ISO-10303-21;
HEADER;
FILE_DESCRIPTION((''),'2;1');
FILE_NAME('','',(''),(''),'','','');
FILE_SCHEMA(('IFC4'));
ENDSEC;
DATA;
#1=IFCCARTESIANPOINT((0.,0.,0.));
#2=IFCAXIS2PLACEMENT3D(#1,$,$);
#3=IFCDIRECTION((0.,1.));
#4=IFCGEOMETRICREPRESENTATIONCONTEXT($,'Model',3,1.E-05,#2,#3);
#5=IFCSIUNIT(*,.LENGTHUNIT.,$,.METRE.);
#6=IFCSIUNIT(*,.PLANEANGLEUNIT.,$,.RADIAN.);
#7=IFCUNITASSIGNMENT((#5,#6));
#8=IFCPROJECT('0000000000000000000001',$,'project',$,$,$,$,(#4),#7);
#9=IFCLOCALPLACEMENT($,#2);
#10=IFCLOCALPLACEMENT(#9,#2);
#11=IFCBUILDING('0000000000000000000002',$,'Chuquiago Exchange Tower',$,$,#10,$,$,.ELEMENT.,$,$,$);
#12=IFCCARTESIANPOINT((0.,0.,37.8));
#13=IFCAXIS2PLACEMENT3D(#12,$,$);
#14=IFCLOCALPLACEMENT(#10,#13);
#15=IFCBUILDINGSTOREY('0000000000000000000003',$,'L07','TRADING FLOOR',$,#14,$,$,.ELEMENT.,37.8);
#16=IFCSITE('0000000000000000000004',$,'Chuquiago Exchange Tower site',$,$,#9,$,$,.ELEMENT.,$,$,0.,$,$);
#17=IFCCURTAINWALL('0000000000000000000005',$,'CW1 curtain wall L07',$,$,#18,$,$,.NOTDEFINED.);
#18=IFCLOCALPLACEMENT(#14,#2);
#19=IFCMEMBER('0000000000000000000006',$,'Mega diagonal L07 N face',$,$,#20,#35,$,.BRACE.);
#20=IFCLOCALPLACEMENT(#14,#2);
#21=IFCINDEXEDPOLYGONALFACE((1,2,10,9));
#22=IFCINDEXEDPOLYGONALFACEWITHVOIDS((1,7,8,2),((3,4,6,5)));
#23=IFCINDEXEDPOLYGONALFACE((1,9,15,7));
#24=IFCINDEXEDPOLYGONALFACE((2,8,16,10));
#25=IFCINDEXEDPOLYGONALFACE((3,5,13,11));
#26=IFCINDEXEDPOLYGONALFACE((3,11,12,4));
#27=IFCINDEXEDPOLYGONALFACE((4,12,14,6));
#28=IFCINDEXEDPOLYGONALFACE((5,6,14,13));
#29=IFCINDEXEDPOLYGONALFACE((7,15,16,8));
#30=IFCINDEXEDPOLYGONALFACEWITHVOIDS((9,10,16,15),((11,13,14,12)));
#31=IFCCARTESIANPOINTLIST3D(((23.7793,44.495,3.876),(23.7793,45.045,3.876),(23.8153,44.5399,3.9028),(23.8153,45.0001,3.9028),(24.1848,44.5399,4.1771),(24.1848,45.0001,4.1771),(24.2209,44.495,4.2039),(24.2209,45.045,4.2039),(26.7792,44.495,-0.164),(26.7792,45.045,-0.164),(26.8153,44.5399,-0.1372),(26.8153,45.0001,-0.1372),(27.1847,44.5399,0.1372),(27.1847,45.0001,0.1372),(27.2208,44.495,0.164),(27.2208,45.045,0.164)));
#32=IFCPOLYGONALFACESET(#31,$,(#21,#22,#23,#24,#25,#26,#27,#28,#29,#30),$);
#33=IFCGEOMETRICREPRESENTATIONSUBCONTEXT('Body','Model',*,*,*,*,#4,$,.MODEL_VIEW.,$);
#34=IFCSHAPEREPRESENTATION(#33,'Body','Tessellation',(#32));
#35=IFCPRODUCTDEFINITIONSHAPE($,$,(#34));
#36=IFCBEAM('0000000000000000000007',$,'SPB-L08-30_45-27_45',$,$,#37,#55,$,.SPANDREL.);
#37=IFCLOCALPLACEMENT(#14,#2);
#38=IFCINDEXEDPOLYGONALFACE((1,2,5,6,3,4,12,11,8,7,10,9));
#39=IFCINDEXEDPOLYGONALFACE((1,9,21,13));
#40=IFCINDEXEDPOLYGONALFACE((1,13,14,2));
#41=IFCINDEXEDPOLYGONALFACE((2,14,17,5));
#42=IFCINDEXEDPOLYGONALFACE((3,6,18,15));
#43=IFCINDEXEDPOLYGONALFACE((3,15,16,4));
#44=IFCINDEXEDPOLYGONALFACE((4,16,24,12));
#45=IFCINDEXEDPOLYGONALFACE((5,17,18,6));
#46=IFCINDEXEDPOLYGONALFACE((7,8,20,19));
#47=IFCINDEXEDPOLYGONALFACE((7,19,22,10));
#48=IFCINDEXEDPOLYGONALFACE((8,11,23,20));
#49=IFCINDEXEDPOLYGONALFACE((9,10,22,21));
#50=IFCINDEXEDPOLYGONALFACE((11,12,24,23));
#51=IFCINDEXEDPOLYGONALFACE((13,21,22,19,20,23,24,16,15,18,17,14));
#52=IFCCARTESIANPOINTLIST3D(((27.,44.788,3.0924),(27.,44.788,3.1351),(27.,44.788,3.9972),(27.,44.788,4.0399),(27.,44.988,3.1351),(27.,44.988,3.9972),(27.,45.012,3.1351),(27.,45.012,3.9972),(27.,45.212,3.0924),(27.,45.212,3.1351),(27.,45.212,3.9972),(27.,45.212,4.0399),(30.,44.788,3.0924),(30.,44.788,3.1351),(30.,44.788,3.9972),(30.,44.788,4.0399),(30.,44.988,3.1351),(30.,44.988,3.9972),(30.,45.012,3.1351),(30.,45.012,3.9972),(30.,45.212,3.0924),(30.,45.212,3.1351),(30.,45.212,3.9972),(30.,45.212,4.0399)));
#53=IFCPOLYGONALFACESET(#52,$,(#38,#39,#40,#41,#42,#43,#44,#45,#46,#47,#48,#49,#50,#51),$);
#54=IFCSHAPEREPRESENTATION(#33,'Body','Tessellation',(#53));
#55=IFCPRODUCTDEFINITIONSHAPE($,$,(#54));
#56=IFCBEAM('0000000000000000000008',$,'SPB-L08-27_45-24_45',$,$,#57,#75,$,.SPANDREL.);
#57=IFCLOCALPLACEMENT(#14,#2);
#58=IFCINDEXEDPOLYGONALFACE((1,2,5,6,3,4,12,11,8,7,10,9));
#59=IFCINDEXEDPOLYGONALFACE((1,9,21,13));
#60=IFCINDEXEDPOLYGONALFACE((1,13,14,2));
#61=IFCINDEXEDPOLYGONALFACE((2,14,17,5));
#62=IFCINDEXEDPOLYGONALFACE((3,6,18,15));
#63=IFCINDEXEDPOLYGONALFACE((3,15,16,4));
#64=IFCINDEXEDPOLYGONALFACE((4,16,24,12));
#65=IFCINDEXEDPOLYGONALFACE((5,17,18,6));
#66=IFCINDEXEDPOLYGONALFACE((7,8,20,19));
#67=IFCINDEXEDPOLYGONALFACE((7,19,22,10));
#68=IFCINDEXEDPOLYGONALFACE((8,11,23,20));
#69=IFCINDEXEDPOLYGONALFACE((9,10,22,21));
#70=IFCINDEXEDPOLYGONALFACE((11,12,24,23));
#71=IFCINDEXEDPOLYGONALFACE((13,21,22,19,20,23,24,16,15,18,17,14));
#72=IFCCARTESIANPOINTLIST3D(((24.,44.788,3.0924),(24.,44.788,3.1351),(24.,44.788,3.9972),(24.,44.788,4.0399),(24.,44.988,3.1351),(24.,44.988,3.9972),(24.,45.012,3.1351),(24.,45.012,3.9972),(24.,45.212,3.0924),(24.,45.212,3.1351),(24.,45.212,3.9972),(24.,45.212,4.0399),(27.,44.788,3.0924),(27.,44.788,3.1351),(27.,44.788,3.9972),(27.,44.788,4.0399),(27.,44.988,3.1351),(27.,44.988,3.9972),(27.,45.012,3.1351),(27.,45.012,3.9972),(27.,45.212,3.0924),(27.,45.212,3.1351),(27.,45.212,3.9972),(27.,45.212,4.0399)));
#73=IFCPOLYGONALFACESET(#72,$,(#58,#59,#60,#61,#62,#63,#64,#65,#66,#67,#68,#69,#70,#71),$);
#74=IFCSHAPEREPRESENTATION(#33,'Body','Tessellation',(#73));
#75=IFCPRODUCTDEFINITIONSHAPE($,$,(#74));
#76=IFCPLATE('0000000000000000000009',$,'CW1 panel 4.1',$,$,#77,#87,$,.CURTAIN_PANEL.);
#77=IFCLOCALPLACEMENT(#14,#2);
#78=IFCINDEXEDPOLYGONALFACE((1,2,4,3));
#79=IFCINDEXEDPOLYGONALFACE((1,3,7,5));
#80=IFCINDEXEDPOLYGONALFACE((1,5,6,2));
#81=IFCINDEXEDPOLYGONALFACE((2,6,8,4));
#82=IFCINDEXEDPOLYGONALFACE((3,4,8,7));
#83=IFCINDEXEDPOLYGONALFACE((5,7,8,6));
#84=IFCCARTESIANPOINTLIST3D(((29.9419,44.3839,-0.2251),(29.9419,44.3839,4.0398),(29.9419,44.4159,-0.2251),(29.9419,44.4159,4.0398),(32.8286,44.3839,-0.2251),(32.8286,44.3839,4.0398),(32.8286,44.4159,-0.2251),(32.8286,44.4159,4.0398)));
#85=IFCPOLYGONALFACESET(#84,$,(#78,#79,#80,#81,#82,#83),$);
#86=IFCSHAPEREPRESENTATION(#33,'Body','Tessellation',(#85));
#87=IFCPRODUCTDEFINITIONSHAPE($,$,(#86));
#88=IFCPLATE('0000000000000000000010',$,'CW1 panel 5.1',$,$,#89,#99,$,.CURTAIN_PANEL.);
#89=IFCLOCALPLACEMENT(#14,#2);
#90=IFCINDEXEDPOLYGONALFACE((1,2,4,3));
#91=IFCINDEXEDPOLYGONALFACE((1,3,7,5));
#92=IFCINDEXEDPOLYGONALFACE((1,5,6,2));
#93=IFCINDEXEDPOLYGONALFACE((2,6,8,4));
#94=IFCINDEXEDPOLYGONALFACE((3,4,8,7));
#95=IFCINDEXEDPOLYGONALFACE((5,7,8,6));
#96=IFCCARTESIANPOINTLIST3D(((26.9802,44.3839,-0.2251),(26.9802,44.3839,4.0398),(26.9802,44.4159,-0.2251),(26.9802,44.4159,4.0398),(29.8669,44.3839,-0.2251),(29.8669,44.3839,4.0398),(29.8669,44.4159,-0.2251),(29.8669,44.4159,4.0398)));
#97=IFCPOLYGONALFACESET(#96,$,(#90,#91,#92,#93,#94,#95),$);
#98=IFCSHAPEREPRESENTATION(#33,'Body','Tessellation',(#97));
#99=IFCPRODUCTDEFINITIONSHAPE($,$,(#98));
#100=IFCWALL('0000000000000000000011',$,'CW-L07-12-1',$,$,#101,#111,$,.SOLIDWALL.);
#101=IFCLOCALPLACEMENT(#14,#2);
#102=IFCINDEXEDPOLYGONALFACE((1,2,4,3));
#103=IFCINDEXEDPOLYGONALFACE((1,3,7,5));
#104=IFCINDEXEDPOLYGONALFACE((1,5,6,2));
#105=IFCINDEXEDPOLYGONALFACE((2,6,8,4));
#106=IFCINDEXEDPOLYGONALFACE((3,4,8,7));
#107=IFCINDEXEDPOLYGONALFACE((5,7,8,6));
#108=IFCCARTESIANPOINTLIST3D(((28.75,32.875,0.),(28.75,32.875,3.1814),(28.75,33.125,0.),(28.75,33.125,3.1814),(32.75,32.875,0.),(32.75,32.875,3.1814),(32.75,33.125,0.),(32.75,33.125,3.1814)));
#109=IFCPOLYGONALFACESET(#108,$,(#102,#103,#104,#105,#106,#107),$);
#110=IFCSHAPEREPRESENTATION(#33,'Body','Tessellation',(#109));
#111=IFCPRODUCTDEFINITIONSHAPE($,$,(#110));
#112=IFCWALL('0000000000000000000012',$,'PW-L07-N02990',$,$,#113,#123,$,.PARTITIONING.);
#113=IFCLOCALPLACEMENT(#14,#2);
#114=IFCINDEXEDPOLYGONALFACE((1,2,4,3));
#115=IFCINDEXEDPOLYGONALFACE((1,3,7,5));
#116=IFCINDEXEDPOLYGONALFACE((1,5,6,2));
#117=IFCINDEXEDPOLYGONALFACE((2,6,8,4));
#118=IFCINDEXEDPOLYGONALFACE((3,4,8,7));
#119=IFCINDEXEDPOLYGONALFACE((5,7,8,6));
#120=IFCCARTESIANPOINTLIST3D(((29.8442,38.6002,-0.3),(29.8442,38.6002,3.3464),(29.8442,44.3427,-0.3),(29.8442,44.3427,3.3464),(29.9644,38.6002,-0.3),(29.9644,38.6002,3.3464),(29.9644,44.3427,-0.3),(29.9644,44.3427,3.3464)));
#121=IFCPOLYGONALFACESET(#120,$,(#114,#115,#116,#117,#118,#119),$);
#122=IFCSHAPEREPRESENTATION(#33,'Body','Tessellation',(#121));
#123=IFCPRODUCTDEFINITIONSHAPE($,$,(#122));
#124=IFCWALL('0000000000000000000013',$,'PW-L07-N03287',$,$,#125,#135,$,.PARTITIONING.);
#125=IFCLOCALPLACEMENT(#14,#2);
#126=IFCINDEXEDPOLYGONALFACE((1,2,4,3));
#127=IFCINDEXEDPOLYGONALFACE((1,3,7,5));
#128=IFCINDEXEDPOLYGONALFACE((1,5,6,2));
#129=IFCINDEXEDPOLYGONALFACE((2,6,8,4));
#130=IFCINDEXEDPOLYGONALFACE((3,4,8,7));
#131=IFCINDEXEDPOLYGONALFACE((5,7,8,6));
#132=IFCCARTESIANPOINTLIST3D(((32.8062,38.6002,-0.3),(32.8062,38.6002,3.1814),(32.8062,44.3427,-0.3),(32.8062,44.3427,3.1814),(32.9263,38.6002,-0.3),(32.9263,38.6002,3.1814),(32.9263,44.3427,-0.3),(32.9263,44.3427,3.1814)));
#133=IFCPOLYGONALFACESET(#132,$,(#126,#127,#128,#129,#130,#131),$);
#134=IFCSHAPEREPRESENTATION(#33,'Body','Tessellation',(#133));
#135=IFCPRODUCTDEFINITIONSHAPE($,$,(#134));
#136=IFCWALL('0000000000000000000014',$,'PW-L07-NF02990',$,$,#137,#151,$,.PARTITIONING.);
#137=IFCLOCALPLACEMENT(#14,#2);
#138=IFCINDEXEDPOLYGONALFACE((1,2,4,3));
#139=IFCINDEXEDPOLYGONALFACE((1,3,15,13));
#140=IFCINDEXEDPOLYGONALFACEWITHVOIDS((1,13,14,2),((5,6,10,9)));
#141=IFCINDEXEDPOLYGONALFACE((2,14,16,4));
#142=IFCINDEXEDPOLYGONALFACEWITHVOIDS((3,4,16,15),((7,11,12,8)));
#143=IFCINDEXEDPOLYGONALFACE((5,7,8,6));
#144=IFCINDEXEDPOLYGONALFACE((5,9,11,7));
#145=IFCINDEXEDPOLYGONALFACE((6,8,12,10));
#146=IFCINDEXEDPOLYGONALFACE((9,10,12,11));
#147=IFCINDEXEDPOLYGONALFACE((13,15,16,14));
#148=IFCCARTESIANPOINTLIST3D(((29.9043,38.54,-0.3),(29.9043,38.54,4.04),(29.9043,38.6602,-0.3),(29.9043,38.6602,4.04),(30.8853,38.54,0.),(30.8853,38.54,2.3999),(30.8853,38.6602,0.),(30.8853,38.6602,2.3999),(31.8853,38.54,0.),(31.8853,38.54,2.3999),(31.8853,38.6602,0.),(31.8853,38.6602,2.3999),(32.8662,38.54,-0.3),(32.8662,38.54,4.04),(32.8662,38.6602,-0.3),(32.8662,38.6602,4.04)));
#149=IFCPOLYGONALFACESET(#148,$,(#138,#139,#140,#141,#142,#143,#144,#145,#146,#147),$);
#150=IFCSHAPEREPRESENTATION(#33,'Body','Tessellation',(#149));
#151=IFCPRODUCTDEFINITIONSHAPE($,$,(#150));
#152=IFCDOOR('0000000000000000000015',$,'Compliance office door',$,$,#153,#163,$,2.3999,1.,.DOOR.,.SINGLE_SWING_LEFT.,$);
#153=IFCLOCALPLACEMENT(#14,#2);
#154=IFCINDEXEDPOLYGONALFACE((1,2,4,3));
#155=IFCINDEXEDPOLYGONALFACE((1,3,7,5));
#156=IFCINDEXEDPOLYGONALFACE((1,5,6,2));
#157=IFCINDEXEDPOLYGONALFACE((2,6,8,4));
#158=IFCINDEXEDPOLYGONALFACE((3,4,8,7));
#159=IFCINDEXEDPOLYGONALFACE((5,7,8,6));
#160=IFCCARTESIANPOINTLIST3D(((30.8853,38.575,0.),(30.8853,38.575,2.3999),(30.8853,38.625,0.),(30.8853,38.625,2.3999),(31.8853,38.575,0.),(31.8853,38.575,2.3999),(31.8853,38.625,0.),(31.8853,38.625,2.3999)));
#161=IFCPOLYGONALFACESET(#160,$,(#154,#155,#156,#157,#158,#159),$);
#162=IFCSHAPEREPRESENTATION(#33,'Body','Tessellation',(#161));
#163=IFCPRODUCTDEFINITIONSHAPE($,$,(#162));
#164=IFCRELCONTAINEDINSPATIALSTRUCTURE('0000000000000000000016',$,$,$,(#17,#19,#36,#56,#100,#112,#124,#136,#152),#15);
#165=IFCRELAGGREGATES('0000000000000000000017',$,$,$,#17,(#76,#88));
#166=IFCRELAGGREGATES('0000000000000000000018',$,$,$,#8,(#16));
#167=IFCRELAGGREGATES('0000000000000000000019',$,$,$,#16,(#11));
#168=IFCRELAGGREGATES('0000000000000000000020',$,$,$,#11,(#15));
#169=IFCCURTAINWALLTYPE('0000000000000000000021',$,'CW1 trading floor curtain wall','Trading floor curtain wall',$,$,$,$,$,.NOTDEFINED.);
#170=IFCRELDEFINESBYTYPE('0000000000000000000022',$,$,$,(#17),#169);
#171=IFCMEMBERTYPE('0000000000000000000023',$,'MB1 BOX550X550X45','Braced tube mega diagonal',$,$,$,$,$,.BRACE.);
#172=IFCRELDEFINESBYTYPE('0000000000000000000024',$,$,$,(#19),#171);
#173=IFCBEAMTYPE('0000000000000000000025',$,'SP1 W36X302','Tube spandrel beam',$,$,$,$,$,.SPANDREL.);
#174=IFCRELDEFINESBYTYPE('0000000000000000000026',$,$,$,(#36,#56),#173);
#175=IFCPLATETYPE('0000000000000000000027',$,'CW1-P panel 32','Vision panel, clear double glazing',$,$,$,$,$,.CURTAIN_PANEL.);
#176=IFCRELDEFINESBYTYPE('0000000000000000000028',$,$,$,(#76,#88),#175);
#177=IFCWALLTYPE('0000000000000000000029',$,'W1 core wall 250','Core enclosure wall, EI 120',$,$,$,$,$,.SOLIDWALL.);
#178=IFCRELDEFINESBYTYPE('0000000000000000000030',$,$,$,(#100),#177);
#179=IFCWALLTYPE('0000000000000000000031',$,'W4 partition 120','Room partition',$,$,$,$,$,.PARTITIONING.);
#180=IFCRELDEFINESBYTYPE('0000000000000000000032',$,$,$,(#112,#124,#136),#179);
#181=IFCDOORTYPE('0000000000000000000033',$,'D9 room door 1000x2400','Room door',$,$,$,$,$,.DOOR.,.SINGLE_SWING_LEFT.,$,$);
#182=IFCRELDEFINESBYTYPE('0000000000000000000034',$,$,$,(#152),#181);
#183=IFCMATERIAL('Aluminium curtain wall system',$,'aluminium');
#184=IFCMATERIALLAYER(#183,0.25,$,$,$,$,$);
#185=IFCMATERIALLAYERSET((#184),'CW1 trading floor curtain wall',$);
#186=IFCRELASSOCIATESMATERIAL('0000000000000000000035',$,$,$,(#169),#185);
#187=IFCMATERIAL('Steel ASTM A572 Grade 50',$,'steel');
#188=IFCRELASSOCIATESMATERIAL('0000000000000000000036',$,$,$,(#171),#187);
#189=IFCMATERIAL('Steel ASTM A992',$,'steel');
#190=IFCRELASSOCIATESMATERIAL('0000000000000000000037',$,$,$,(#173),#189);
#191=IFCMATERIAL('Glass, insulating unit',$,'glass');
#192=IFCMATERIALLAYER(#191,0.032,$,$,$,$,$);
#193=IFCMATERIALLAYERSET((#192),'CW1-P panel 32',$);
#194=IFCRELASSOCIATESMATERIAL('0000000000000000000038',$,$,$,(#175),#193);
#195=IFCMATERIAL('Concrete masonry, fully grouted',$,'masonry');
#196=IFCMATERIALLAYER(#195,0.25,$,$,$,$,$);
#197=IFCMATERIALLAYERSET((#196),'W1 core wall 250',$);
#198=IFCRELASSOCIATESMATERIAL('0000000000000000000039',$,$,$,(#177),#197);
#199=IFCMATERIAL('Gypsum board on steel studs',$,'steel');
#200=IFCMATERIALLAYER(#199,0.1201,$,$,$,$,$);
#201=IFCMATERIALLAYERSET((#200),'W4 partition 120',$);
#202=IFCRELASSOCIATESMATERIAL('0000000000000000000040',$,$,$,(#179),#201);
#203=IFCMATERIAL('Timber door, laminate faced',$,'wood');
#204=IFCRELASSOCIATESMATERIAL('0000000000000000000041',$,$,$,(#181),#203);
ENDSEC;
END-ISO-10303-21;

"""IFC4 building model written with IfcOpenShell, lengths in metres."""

from ifc_helpers import new_model, si_unit, direction, frame, frame_2d, origin, origin_2d, place, context, subcontext, project, spatial, rectangle, hollow_rectangle, i_section, extrude, material, layer, layer_set, material_profile, profile_set, type_object, element, fill, aggregate, save


model = new_model("IFC4")

# Units and contexts
model_context = context("Model", 3, precision=1e-05, world=origin(), true_north=direction((0.0, 1.0)))
body_context = subcontext(model_context, "Body", "Model", "MODEL_VIEW")
ifc_project = project(units=[si_unit("LENGTHUNIT", "METRE"), si_unit("PLANEANGLEUNIT", "RADIAN")], contexts=[model_context])

# Site, building, storey
site_placement = place(None, origin())
site = spatial("IfcSite", under=ifc_project, at=site_placement, Name="Chuquiago Exchange Tower site", CompositionType="ELEMENT", RefElevation=0.0)
building_placement = place(site_placement, origin())
building = spatial("IfcBuilding", under=site, at=building_placement, Name="Chuquiago Exchange Tower", CompositionType="ELEMENT")
storey_placement = place(building_placement, frame((0.0, 0.0, 37.8)))
storey = spatial("IfcBuildingStorey", under=building, at=storey_placement, Name="L07", Description="TRADING FLOOR", CompositionType="ELEMENT", Elevation=37.8)

# Curtain wall
ifc_material_1 = material(Name="Aluminium curtain wall system", Category="aluminium")
ifc_layer_1 = layer(ifc_material_1, 0.25)
ifc_layer_set_1 = layer_set([ifc_layer_1], Name="CW1 trading floor curtain wall")
curtain_wall_type = type_object("IfcCurtainWallType", Name="CW1 trading floor curtain wall", Description="Trading floor curtain wall", PredefinedType="NOTDEFINED", material=ifc_layer_set_1)
curtain_wall_placement = place(storey_placement, origin())
curtain_wall = element("IfcCurtainWall", 1, at=curtain_wall_placement, inside=storey, type_object=curtain_wall_type, Name="CW1 curtain wall L07", PredefinedType="NOTDEFINED")

# Member
ifc_material_2 = material(Name="Steel ASTM A572 Grade 50", Category="steel")
ifc_material_profile_1 = material_profile(ifc_material_2, hollow_rectangle(XDim=0.55, YDim=0.55, WallThickness=0.0449, at=origin_2d()), Name="BOX550X550X45")
ifc_profile_set_1 = profile_set([ifc_material_profile_1], Name="Steel ASTM A572 Grade 50")
member_type_1 = type_object("IfcMemberType", Name="MB1 BOX550X550X45", Description="Braced tube mega diagonal", PredefinedType="BRACE", material=ifc_profile_set_1)
member_1_placement = place(storey_placement, frame((27.0, 44.77, 0.0), z_axis=(-0.596174, 0.0, 0.802855), x_axis=(0.0, -1.0, 0.0)))
element("IfcMember", 2, at=member_1_placement, inside=storey, type_object=member_type_1, Name="Mega diagonal L07 N face", PredefinedType="BRACE", context=body_context, shape_type="SweptSolid", body=[
    extrude(hollow_rectangle(XDim=0.55, YDim=0.55, WallThickness=0.0449, at=origin_2d()), origin(), (0.0, 0.0, 1.0), 5.032),
])

# Beams
ifc_material_3 = material(Name="Steel ASTM A992", Category="steel")
ifc_material_profile_2 = material_profile(ifc_material_3, i_section(OverallWidth=0.4241, OverallDepth=0.9475, WebThickness=0.0239, FlangeThickness=0.0427, at=origin_2d()), Name="W36X302")
ifc_profile_set_2 = profile_set([ifc_material_profile_2], Name="Steel ASTM A992")
beam_type_1 = type_object("IfcBeamType", Name="SP1 W36X302", Description="Tube spandrel beam", PredefinedType="SPANDREL", material=ifc_profile_set_2)
for number, where, z_axis, x_axis, name in (
    (3, (30.0, 45.0, 3.5662), (-1.0, 0.0, 0.0), (0.0, -1.0, 0.0), "SPB-L08-30_45-27_45"),
    (4, (27.0, 45.0, 3.5662), (-1.0, 0.0, 0.0), (0.0, -1.0, 0.0), "SPB-L08-27_45-24_45"),
):
    element("IfcBeam", number, at=place(storey_placement, frame(where, z_axis=z_axis, x_axis=x_axis)), inside=storey, type_object=beam_type_1, Name=name, PredefinedType="SPANDREL", context=body_context, shape_type="SweptSolid", body=[
        extrude(i_section(OverallWidth=0.4241, OverallDepth=0.9475, WebThickness=0.0239, FlangeThickness=0.0427, at=origin_2d()), origin(), (0.0, 0.0, 1.0), 3.0),
    ])

# Plates
ifc_material_4 = material(Name="Glass, insulating unit", Category="glass")
ifc_layer_2 = layer(ifc_material_4, 0.032)
ifc_layer_set_2 = layer_set([ifc_layer_2], Name="CW1-P panel 32")
plate_type = type_object("IfcPlateType", Name="CW1-P panel 32", Description="Vision panel, clear double glazing", PredefinedType="CURTAIN_PANEL", material=ifc_layer_set_2)
plate_1_placement = place(storey_placement, frame((31.3853, 44.3999, -0.2251), z_axis=(0.0, 0.0, 1.0), x_axis=(-1.0, 0.0, 0.0)))
plate_1 = element("IfcPlate", 5, at=plate_1_placement, type_object=plate_type, Name="CW1 panel 4.1", PredefinedType="CURTAIN_PANEL", context=body_context, shape_type="SweptSolid", body=[
    extrude(rectangle(XDim=2.8867, YDim=0.032, at=origin_2d()), origin(), (0.0, 0.0, 1.0), 4.2649),
])
plate_2_placement = place(storey_placement, frame((28.4236, 44.3999, -0.2251), z_axis=(0.0, 0.0, 1.0), x_axis=(-1.0, 0.0, 0.0)))
plate_2 = element("IfcPlate", 6, at=plate_2_placement, type_object=plate_type, Name="CW1 panel 5.1", PredefinedType="CURTAIN_PANEL", context=body_context, shape_type="SweptSolid", body=[
    extrude(rectangle(XDim=2.8867, YDim=0.032, at=origin_2d()), origin(), (0.0, 0.0, 1.0), 4.2649),
])
aggregate(curtain_wall, [plate_1, plate_2])

# Walls
ifc_material_5 = material(Name="Concrete masonry, fully grouted", Category="masonry")
ifc_layer_3 = layer(ifc_material_5, 0.25)
ifc_layer_set_3 = layer_set([ifc_layer_3], Name="W1 core wall 250")
wall_type_1 = type_object("IfcWallType", Name="W1 core wall 250", Description="Core enclosure wall, EI 120", PredefinedType="SOLIDWALL", material=ifc_layer_set_3)
wall_1_placement = place(storey_placement, frame((28.75, 33.0, 0.0), z_axis=(0.0, 0.0, 1.0), x_axis=(1.0, 0.0, 0.0)))
element("IfcWall", 7, at=wall_1_placement, inside=storey, type_object=wall_type_1, Name="CW-L07-12-1", PredefinedType="SOLIDWALL", context=body_context, shape_type="SweptSolid", body=[
    extrude(rectangle(XDim=4.0, YDim=0.25, at=frame_2d((2.0, 0.0))), origin(), (0.0, 0.0, 1.0), 3.1814),
])
ifc_material_6 = material(Name="Gypsum board on steel studs", Category="steel")
ifc_layer_4 = layer(ifc_material_6, 0.1201)
ifc_layer_set_4 = layer_set([ifc_layer_4], Name="W4 partition 120")
wall_type_2 = type_object("IfcWallType", Name="W4 partition 120", Description="Room partition", PredefinedType="PARTITIONING", material=ifc_layer_set_4)
wall_2_placement = place(storey_placement, frame((29.9043, 44.3425, -0.3), z_axis=(0.0, 0.0, 1.0), x_axis=(0.0, -1.0, 0.0)))
element("IfcWall", 8, at=wall_2_placement, inside=storey, type_object=wall_type_2, Name="PW-L07-N02990", PredefinedType="PARTITIONING", context=body_context, shape_type="SweptSolid", body=[
    extrude(rectangle(XDim=5.7424, YDim=0.1201, at=frame_2d((2.8711, 0.0))), origin(), (0.0, 0.0, 1.0), 3.6465),
])
wall_3_placement = place(storey_placement, frame((32.8662, 44.3425, -0.3), z_axis=(0.0, 0.0, 1.0), x_axis=(0.0, -1.0, 0.0)))
element("IfcWall", 9, at=wall_3_placement, inside=storey, type_object=wall_type_2, Name="PW-L07-N03287", PredefinedType="PARTITIONING", context=body_context, shape_type="SweptSolid", body=[
    extrude(rectangle(XDim=5.7424, YDim=0.1201, at=frame_2d((2.8711, 0.0))), origin(), (0.0, 0.0, 1.0), 3.4814),
])

# Wall, opening, door
wall_4_placement = place(storey_placement, frame((29.9043, 38.6001, -0.3), z_axis=(0.0, 0.0, 1.0), x_axis=(1.0, 0.0, 0.0)))
wall_4 = element("IfcWall", 10, at=wall_4_placement, inside=storey, type_object=wall_type_2, Name="PW-L07-NF02990", PredefinedType="PARTITIONING", context=body_context, shape_type="SweptSolid", body=[
    extrude(rectangle(XDim=2.9619, YDim=0.1201, at=frame_2d((1.481, 0.0))), origin(), (0.0, 0.0, 1.0), 4.3401),
])
opening_1_placement = place(wall_4_placement, frame((0.981, 0.0, 0.3)))
opening_1 = element("IfcOpeningElement", 11, at=opening_1_placement, cuts=wall_4, PredefinedType="OPENING", context=body_context, shape_type="SweptSolid", body=[
    extrude(rectangle(XDim=1.0, YDim=2.3999, at=frame_2d((0.5, 1.2))), frame((0.0, 0.0701, 0.0), z_axis=(0.0, -1.0, 0.0), x_axis=(1.0, 0.0, 0.0)), (0.0, 0.0, 1.0), 0.1401),
])
ifc_material_7 = material(Name="Timber door, laminate faced", Category="wood")
door_type = type_object("IfcDoorType", Name="D9 room door 1000x2400", Description="Room door", OperationType="SINGLE_SWING_LEFT", PredefinedType="DOOR", material=ifc_material_7)
door_1_placement = place(opening_1_placement, origin())
door_1 = element("IfcDoor", 12, at=door_1_placement, inside=storey, type_object=door_type, Name="Compliance office door", OperationType="SINGLE_SWING_LEFT", OverallHeight=2.3999, OverallWidth=1.0, PredefinedType="DOOR", context=body_context, shape_type="SweptSolid", body=[
    extrude(rectangle(XDim=1.0, YDim=2.3999, at=frame_2d((0.5, 1.2))), frame((0.0, 0.0249, 0.0), z_axis=(0.0, -1.0, 0.0), x_axis=(1.0, 0.0, 0.0)), (0.0, 0.0, 1.0), 0.05),
])
fill(opening_1, door_1)

save(model, "model.ifc")
